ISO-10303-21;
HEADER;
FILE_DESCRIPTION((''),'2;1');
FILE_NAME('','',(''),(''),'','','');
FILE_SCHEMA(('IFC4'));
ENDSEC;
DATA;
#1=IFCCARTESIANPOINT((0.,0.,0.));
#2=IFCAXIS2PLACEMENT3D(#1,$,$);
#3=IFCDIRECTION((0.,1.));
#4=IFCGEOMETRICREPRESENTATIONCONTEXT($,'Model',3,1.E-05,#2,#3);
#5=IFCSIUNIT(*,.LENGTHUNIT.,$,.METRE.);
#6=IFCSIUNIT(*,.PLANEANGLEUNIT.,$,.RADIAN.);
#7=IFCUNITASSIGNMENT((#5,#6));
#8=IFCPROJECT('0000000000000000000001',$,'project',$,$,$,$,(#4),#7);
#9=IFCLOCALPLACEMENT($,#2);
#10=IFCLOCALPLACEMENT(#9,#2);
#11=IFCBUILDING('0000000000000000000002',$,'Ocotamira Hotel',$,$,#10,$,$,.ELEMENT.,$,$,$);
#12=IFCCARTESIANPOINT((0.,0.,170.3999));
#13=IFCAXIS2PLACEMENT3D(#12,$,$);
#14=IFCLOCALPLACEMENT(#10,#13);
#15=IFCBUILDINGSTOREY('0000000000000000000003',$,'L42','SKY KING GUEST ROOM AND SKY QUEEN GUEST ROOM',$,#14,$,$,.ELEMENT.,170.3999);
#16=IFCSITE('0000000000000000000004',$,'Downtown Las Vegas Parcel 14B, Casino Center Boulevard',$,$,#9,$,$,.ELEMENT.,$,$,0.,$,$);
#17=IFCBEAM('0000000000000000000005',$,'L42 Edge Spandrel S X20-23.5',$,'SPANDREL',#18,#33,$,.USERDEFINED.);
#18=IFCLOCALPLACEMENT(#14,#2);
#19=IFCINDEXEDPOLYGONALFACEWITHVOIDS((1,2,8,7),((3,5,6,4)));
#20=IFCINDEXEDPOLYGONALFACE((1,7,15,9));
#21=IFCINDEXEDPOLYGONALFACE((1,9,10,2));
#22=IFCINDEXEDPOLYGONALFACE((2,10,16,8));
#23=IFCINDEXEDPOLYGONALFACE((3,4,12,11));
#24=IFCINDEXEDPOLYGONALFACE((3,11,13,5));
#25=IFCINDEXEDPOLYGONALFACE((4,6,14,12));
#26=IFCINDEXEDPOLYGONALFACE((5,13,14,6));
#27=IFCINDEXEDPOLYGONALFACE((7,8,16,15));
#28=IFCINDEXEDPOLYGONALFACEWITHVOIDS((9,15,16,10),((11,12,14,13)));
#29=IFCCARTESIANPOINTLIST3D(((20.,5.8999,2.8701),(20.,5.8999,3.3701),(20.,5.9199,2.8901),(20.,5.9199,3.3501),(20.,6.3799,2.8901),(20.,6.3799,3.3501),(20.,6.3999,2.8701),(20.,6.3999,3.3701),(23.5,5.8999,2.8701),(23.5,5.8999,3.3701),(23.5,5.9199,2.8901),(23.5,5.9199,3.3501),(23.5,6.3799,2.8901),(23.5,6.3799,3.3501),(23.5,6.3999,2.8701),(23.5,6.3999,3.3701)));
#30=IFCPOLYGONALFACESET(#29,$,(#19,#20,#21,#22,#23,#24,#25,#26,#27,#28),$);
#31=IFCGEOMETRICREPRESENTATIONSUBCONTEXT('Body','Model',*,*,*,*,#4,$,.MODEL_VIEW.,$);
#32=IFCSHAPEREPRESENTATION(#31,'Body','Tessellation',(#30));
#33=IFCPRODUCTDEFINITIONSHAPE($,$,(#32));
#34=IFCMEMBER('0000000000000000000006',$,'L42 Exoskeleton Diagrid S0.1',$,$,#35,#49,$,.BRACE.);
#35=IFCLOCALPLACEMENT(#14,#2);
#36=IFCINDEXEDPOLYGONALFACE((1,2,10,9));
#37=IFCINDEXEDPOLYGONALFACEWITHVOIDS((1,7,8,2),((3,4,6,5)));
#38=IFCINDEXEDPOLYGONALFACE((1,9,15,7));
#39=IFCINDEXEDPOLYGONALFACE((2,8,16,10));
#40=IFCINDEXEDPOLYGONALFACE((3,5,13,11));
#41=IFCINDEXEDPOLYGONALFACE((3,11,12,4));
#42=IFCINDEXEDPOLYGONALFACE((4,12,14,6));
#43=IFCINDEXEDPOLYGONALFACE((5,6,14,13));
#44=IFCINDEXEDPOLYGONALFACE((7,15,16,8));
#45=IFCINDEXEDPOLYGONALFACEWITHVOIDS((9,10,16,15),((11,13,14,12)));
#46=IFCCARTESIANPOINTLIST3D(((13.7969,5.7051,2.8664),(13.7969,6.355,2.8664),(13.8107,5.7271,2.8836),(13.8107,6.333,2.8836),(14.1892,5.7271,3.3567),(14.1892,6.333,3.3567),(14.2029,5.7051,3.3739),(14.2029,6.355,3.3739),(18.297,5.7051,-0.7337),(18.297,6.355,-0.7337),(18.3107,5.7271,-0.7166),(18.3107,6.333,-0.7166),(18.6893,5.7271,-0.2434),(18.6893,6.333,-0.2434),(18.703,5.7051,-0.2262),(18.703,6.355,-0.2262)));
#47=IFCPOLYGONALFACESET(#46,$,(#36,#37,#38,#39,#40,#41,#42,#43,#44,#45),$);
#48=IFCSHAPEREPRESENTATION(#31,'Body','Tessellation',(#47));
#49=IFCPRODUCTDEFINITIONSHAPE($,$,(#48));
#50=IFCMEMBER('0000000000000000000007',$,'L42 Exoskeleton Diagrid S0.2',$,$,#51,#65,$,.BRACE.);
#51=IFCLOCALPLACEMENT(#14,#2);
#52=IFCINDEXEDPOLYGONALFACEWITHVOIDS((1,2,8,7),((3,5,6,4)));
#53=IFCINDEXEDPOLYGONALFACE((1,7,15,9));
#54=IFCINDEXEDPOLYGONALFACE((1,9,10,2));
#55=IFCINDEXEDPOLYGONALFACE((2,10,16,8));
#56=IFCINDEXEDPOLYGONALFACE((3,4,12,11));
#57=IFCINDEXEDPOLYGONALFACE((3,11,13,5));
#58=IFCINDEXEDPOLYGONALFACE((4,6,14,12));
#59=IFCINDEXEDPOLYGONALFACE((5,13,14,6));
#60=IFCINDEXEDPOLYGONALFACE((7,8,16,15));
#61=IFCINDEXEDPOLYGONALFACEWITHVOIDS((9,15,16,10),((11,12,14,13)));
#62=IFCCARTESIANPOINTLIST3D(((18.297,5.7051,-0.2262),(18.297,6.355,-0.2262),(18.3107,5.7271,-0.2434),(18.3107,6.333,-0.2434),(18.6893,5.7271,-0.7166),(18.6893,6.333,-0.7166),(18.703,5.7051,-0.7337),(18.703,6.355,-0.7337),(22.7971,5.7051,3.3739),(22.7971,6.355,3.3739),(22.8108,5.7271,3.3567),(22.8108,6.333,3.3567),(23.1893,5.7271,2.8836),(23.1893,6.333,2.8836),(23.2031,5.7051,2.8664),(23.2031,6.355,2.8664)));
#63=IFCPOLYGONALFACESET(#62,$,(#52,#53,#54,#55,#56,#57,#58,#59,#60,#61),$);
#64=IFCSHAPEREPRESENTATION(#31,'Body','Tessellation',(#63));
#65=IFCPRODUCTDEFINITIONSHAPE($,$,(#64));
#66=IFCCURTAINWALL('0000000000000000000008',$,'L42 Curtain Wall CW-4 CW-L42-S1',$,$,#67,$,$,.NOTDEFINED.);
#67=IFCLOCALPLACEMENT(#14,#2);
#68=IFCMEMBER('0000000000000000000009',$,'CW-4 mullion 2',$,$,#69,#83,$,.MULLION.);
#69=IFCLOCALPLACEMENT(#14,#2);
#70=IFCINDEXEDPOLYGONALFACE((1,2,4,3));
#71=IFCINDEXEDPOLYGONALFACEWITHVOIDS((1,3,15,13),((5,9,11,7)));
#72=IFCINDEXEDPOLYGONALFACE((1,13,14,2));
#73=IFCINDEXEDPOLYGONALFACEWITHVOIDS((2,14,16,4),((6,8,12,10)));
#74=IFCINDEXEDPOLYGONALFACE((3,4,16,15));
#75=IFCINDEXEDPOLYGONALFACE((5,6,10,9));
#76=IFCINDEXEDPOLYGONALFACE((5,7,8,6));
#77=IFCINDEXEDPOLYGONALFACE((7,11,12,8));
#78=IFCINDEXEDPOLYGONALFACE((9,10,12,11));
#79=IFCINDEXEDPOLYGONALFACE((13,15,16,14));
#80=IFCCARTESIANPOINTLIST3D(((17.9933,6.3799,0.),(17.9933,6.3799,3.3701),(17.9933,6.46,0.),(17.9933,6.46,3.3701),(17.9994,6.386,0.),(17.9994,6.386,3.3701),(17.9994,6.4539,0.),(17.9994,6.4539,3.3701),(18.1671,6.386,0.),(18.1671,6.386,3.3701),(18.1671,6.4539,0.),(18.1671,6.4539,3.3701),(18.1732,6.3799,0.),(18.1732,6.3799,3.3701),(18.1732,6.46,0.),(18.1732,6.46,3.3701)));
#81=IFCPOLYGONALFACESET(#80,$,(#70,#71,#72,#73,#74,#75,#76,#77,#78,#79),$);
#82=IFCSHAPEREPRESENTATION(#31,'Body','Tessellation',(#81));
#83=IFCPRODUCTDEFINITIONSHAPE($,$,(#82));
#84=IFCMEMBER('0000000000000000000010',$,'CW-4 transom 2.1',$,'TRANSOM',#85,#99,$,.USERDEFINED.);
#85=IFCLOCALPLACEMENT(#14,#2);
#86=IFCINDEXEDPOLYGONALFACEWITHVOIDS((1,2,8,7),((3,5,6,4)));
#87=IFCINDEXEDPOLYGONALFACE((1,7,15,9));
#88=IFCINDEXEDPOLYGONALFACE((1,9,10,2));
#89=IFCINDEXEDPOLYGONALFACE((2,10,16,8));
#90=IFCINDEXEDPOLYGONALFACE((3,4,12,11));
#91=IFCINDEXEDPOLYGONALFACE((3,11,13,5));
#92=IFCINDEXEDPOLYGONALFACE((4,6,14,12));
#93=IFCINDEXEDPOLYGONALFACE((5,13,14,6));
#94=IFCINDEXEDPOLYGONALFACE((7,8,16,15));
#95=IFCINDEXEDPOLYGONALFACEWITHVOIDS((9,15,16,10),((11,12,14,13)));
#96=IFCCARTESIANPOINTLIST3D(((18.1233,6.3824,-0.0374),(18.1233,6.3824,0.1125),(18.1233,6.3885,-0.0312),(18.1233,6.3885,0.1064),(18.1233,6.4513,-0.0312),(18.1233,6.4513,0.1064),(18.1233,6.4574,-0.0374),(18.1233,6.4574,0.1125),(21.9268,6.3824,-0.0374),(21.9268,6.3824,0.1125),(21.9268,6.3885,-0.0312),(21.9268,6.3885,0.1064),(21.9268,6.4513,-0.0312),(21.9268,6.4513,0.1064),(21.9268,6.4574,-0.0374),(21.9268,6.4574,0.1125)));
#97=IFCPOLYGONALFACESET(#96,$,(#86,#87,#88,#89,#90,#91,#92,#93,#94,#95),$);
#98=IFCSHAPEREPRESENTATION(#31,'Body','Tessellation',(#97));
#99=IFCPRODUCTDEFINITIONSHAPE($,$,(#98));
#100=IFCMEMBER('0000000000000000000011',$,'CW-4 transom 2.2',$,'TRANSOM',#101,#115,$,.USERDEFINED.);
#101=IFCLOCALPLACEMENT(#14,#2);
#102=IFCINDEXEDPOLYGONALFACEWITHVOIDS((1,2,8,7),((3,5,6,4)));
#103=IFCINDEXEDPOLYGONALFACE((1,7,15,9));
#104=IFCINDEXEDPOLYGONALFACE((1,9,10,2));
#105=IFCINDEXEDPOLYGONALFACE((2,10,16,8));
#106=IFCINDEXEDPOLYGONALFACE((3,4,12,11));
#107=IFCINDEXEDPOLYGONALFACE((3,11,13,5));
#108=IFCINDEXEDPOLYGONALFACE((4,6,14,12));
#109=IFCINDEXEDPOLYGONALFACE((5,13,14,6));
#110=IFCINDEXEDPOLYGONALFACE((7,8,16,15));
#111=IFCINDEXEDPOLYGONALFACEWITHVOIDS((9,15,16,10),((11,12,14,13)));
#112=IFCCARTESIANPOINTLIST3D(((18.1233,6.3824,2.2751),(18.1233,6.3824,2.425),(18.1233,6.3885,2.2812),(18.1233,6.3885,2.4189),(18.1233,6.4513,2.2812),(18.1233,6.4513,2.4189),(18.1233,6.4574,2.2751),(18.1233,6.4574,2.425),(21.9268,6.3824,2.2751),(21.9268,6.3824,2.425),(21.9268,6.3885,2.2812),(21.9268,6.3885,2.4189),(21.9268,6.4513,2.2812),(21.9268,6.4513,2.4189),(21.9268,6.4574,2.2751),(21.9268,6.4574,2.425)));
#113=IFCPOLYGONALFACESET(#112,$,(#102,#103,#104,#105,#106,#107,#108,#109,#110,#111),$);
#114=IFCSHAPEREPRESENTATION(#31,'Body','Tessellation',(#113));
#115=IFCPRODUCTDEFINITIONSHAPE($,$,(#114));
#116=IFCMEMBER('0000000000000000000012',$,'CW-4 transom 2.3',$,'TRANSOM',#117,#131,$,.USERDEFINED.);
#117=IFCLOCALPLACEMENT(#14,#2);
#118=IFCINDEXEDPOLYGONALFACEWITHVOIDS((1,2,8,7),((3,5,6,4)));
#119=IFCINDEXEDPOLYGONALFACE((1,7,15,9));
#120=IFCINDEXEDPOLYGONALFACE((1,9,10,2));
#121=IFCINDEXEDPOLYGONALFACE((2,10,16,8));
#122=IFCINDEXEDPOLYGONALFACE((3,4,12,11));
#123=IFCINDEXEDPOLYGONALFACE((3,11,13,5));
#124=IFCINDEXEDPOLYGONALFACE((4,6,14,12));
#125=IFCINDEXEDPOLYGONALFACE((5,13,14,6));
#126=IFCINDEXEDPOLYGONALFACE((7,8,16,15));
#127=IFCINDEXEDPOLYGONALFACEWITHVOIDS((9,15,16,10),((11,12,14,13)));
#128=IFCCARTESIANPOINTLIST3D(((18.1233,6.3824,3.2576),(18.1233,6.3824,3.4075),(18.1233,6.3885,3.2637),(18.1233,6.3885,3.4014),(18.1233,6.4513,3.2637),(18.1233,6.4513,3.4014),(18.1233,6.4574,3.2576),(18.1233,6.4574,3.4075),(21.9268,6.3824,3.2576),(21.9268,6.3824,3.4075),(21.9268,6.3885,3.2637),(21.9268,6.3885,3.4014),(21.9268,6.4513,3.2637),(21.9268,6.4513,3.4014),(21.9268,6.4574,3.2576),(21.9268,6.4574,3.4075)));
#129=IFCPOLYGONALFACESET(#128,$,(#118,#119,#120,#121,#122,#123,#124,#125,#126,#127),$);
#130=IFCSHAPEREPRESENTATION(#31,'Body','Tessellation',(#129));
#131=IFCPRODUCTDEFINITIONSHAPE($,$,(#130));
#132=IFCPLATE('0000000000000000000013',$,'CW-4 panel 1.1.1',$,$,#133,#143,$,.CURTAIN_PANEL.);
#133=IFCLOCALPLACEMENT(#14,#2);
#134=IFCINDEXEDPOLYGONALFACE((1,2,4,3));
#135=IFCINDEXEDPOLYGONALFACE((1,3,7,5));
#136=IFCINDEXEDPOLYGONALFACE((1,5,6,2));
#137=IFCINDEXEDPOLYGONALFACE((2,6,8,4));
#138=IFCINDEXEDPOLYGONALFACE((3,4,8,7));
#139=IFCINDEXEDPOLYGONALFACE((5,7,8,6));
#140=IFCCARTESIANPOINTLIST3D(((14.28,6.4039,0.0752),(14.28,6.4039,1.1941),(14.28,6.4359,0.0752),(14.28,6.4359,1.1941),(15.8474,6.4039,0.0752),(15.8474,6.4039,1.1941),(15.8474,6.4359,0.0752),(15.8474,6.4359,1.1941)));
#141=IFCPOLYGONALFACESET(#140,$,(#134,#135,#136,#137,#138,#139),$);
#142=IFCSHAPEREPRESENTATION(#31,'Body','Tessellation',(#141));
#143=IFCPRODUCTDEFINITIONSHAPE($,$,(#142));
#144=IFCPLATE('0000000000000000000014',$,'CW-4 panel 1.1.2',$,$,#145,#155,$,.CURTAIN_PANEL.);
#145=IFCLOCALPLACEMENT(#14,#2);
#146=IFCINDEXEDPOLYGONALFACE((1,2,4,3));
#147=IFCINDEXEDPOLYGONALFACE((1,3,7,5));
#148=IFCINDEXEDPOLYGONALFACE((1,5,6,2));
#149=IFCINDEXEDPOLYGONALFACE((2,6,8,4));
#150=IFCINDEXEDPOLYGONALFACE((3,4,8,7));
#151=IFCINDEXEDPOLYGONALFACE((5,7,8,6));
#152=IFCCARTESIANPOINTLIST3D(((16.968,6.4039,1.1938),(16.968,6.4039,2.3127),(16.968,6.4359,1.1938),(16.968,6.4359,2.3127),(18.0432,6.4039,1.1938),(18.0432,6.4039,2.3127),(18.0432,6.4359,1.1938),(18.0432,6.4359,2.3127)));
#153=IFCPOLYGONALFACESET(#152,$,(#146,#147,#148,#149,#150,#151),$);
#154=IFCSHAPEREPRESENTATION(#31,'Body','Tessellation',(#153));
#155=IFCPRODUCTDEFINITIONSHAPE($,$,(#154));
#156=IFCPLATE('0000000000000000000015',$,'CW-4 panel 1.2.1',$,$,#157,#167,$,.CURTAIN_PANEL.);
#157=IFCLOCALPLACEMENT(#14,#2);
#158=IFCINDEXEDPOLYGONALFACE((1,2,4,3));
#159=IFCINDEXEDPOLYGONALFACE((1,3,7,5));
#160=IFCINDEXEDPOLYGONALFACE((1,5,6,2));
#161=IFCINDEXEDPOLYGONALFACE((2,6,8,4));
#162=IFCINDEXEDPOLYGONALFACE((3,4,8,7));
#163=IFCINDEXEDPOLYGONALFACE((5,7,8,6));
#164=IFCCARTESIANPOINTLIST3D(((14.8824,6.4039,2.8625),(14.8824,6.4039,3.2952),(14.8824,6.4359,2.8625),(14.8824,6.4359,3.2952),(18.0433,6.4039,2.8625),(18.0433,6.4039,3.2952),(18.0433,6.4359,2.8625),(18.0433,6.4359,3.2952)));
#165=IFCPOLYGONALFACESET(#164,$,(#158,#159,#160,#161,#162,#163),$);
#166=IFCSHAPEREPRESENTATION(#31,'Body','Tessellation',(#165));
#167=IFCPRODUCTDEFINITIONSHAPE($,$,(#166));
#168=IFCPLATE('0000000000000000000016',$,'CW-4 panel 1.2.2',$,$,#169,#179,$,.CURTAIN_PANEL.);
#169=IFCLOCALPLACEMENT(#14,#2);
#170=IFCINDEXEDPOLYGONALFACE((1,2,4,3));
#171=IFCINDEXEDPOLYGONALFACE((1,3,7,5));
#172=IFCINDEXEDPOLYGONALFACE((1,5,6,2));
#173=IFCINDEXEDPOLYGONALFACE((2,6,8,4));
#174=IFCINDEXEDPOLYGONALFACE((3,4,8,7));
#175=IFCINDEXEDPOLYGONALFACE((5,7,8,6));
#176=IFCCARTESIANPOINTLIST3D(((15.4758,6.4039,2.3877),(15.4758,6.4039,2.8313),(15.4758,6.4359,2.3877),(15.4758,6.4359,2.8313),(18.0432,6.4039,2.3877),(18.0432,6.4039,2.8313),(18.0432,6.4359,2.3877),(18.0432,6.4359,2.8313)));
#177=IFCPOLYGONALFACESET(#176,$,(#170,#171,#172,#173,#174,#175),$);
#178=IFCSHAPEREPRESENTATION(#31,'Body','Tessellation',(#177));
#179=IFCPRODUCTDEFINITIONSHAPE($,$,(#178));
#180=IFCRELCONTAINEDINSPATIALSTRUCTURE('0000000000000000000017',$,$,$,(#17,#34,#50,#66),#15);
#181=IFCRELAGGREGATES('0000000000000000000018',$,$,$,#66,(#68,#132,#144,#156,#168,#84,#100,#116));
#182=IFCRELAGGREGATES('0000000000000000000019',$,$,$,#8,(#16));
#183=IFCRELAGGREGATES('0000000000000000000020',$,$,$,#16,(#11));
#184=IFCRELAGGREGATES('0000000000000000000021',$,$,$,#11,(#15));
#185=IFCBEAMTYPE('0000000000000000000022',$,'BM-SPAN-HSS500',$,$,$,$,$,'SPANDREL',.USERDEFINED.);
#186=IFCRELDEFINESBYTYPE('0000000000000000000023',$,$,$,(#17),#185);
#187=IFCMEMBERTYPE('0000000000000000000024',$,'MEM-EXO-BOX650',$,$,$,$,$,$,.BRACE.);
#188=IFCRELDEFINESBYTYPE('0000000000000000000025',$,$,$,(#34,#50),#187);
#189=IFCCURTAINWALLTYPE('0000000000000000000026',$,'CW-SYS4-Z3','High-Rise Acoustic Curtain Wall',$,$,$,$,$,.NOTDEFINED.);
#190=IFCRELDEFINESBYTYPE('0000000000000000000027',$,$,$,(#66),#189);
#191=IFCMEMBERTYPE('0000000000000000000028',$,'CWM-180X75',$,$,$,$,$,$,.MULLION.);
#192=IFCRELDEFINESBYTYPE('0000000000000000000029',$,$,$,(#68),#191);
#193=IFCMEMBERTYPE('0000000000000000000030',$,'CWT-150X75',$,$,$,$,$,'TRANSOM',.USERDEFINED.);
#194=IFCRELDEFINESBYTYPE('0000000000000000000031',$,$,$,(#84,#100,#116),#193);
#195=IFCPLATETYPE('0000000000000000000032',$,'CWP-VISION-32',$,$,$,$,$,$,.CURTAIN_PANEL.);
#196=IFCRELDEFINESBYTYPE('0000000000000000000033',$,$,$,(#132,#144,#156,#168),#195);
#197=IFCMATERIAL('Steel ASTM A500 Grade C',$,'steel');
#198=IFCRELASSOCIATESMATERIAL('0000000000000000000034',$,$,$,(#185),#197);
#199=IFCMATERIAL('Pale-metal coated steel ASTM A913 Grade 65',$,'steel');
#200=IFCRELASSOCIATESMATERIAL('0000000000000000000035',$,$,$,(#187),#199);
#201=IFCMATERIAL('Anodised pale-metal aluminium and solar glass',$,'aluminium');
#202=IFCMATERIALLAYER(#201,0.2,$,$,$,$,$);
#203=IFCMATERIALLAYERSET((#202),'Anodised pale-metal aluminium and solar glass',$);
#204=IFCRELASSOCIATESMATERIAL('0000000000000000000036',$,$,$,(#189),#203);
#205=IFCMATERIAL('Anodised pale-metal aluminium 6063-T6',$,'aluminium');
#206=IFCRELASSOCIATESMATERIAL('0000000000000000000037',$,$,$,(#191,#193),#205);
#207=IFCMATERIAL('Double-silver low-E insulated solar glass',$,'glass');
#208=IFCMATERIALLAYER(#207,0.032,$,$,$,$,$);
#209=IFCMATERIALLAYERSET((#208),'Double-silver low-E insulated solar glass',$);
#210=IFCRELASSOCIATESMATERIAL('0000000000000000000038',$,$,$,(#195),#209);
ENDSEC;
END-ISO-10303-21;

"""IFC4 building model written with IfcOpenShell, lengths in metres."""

from ifc_helpers import new_model, si_unit, direction, frame, origin, origin_2d, place, context, subcontext, project, spatial, rectangle, hollow_rectangle, extrude, source, transform, mapped, material, layer, layer_set, material_profile, profile_set, type_object, element, aggregate, save


model = new_model("IFC4")

# Units and contexts
model_context = context("Model", 3, precision=1e-05, world=origin(), true_north=direction((0.0, 1.0)))
body_context = subcontext(model_context, "Body", "Model", "MODEL_VIEW")
ifc_project = project(units=[si_unit("LENGTHUNIT", "METRE"), si_unit("PLANEANGLEUNIT", "RADIAN")], contexts=[model_context])

# Site, building, storey
site_placement = place(None, origin())
site = spatial("IfcSite", under=ifc_project, at=site_placement, Name="Downtown Las Vegas Parcel 14B, Casino Center Boulevard", CompositionType="ELEMENT", RefElevation=0.0)
building_placement = place(site_placement, origin())
building = spatial("IfcBuilding", under=site, at=building_placement, Name="Ocotamira Hotel", CompositionType="ELEMENT")
storey_placement = place(building_placement, frame((0.0, 0.0, 170.3999)))
storey = spatial("IfcBuildingStorey", under=building, at=storey_placement, Name="L42", Description="SKY KING GUEST ROOM AND SKY QUEEN GUEST ROOM", CompositionType="ELEMENT", Elevation=170.3999)

# Beam
ifc_material_1 = material(Name="Steel ASTM A500 Grade C", Category="steel")
ifc_material_profile_1 = material_profile(ifc_material_1, hollow_rectangle(XDim=0.5, YDim=0.5, WallThickness=0.02, at=origin_2d()), Name="HSS500X500X20")
ifc_profile_set_1 = profile_set([ifc_material_profile_1], Name="Steel ASTM A500 Grade C")
beam_type = type_object("IfcBeamType", Name="BM-SPAN-HSS500", ElementType="SPANDREL", PredefinedType="USERDEFINED", material=ifc_profile_set_1)
shared_shape_1 = source(origin(), body_context, "Body", "SweptSolid", [
    extrude(hollow_rectangle(XDim=0.5, YDim=0.5, WallThickness=0.02, at=origin_2d()), origin(), (0.0, 0.0, 1.0), 3.5),
])
beam_placement = place(storey_placement, frame((20.0, 6.1499, 3.1201), z_axis=(1.0, 0.0, 0.0), x_axis=(0.0, 1.0, 0.0)))
element("IfcBeam", 1, at=beam_placement, inside=storey, type_object=beam_type, Name="L42 Edge Spandrel S X20-23.5", ObjectType="SPANDREL", PredefinedType="USERDEFINED", context=body_context, shape_type="MappedRepresentation", body=[
    mapped(shared_shape_1, transform((0.0, 0.0, 0.0), scale=1.0)),
])

# Members
ifc_material_2 = material(Name="Pale-metal coated steel ASTM A913 Grade 65", Category="steel")
ifc_material_profile_2 = material_profile(ifc_material_2, hollow_rectangle(XDim=0.6499, YDim=0.6499, WallThickness=0.022, at=origin_2d()), Name="BOX650X650X22")
ifc_profile_set_2 = profile_set([ifc_material_profile_2], Name="Pale-metal coated steel ASTM A913 Grade 65")
member_type_1 = type_object("IfcMemberType", Name="MEM-EXO-BOX650", PredefinedType="BRACE", material=ifc_profile_set_2)
shared_shape_2 = source(origin(), body_context, "Body", "SweptSolid", [
    extrude(hollow_rectangle(XDim=0.6499, YDim=0.6499, WallThickness=0.022, at=origin_2d()), origin(), (0.0, 0.0, 1.0), 5.7629),
])
for number, where, z_axis, x_axis, name in (
    (2, (18.5, 6.03, -0.48), (-0.780861, 0.0, 0.624705), (0.0, -1.0, 0.0), "L42 Exoskeleton Diagrid S0.1"),
    (3, (18.5, 6.03, -0.48), (0.780861, 0.0, 0.624705), (0.0, 1.0, 0.0), "L42 Exoskeleton Diagrid S0.2"),
):
    element("IfcMember", number, at=place(storey_placement, frame(where, z_axis=z_axis, x_axis=x_axis)), inside=storey, type_object=member_type_1, Name=name, PredefinedType="BRACE", context=body_context, shape_type="MappedRepresentation", body=[
        mapped(shared_shape_2, transform((0.0, 0.0, 0.0), scale=1.0)),
    ])

# Curtain wall, members, plates
ifc_material_3 = material(Name="Anodised pale-metal aluminium and solar glass", Category="aluminium")
ifc_layer_1 = layer(ifc_material_3, 0.2)
ifc_layer_set_1 = layer_set([ifc_layer_1], Name="Anodised pale-metal aluminium and solar glass")
curtain_wall_type = type_object("IfcCurtainWallType", Name="CW-SYS4-Z3", Description="High-Rise Acoustic Curtain Wall", PredefinedType="NOTDEFINED", material=ifc_layer_set_1)
curtain_wall_placement = place(storey_placement, origin())
curtain_wall = element("IfcCurtainWall", 4, at=curtain_wall_placement, inside=storey, type_object=curtain_wall_type, Name="L42 Curtain Wall CW-4 CW-L42-S1", PredefinedType="NOTDEFINED")
ifc_material_4 = material(Name="Anodised pale-metal aluminium 6063-T6", Category="aluminium")
ifc_material_profile_3 = material_profile(ifc_material_4, hollow_rectangle(XDim=0.0801, YDim=0.1799, WallThickness=0.0061, at=origin_2d()), Name="HSS180X80X6")
ifc_profile_set_3 = profile_set([ifc_material_profile_3], Name="Anodised pale-metal aluminium 6063-T6")
member_type_2 = type_object("IfcMemberType", Name="CWM-180X75", PredefinedType="MULLION", material=ifc_profile_set_3)
shared_shape_3 = source(origin(), body_context, "Body", "SweptSolid", [
    extrude(hollow_rectangle(XDim=0.0801, YDim=0.1799, WallThickness=0.0061, at=origin_2d()), origin(), (0.0, 0.0, 1.0), 3.3701),
])
member_1_placement = place(storey_placement, frame((18.0833, 6.4199, 0.0), z_axis=(0.0, 0.0, 1.0), x_axis=(0.0, 1.0, 0.0)))
member_1 = element("IfcMember", 5, at=member_1_placement, type_object=member_type_2, Name="CW-4 mullion 2", PredefinedType="MULLION", context=body_context, shape_type="MappedRepresentation", body=[
    mapped(shared_shape_3, transform((0.0, 0.0, 0.0), scale=1.0)),
])
ifc_material_profile_4 = material_profile(ifc_material_4, hollow_rectangle(XDim=0.075, YDim=0.1499, WallThickness=0.0061, at=origin_2d()), Name="HSS150X75X6")
ifc_profile_set_4 = profile_set([ifc_material_profile_4], Name="Anodised pale-metal aluminium 6063-T6")
member_type_3 = type_object("IfcMemberType", Name="CWT-150X75", ElementType="TRANSOM", PredefinedType="USERDEFINED", material=ifc_profile_set_4)
shared_shape_4 = source(origin(), body_context, "Body", "SweptSolid", [
    extrude(hollow_rectangle(XDim=0.075, YDim=0.1499, WallThickness=0.0061, at=origin_2d()), origin(), (0.0, 0.0, 1.0), 3.8035),
])
member_2_placement = place(storey_placement, frame((18.1233, 6.4199, 0.0376), z_axis=(1.0, 0.0, 0.0), x_axis=(0.0, 1.0, 0.0)))
member_2 = element("IfcMember", 6, at=member_2_placement, type_object=member_type_3, Name="CW-4 transom 2.1", ObjectType="TRANSOM", PredefinedType="USERDEFINED", context=body_context, shape_type="MappedRepresentation", body=[
    mapped(shared_shape_4, transform((0.0, 0.0, 0.0), scale=1.0)),
])
member_3_placement = place(storey_placement, frame((18.1233, 6.4199, 2.3501), z_axis=(1.0, 0.0, 0.0), x_axis=(0.0, 1.0, 0.0)))
member_3 = element("IfcMember", 7, at=member_3_placement, type_object=member_type_3, Name="CW-4 transom 2.2", ObjectType="TRANSOM", PredefinedType="USERDEFINED", context=body_context, shape_type="MappedRepresentation", body=[
    mapped(shared_shape_4, transform((0.0, 0.0, 0.0), scale=1.0)),
])
member_4_placement = place(storey_placement, frame((18.1233, 6.4199, 3.3325), z_axis=(1.0, 0.0, 0.0), x_axis=(0.0, 1.0, 0.0)))
member_4 = element("IfcMember", 8, at=member_4_placement, type_object=member_type_3, Name="CW-4 transom 2.3", ObjectType="TRANSOM", PredefinedType="USERDEFINED", context=body_context, shape_type="MappedRepresentation", body=[
    mapped(shared_shape_4, transform((0.0, 0.0, 0.0), scale=1.0)),
])
ifc_material_5 = material(Name="Double-silver low-E insulated solar glass", Category="glass")
ifc_layer_2 = layer(ifc_material_5, 0.032)
ifc_layer_set_2 = layer_set([ifc_layer_2], Name="Double-silver low-E insulated solar glass")
plate_type = type_object("IfcPlateType", Name="CWP-VISION-32", PredefinedType="CURTAIN_PANEL", material=ifc_layer_set_2)
shared_shape_5 = source(origin(), body_context, "Body", "SweptSolid", [
    extrude(rectangle(XDim=1.5674, YDim=0.032, at=origin_2d()), origin(), (0.0, 0.0, 1.0), 1.1189),
])
plate_1_placement = place(storey_placement, frame((15.0637, 6.4199, 0.0752), z_axis=(0.0, 0.0, 1.0), x_axis=(1.0, 0.0, 0.0)))
plate_1 = element("IfcPlate", 9, at=plate_1_placement, type_object=plate_type, Name="CW-4 panel 1.1.1", PredefinedType="CURTAIN_PANEL", context=body_context, shape_type="MappedRepresentation", body=[
    mapped(shared_shape_5, transform((0.0, 0.0, 0.0), scale=1.0)),
])
shared_shape_6 = source(origin(), body_context, "Body", "SweptSolid", [
    extrude(rectangle(XDim=1.0752, YDim=0.032, at=origin_2d()), origin(), (0.0, 0.0, 1.0), 1.1189),
])
plate_2_placement = place(storey_placement, frame((17.5056, 6.4199, 1.1938), z_axis=(0.0, 0.0, 1.0), x_axis=(1.0, 0.0, 0.0)))
plate_2 = element("IfcPlate", 10, at=plate_2_placement, type_object=plate_type, Name="CW-4 panel 1.1.2", PredefinedType="CURTAIN_PANEL", context=body_context, shape_type="MappedRepresentation", body=[
    mapped(shared_shape_6, transform((0.0, 0.0, 0.0), scale=1.0)),
])
shared_shape_7 = source(origin(), body_context, "Body", "SweptSolid", [
    extrude(rectangle(XDim=3.1609, YDim=0.032, at=origin_2d()), origin(), (0.0, 0.0, 1.0), 0.4326),
])
plate_3_placement = place(storey_placement, frame((16.4629, 6.4199, 2.8625), z_axis=(0.0, 0.0, 1.0), x_axis=(1.0, 0.0, 0.0)))
plate_3 = element("IfcPlate", 11, at=plate_3_placement, type_object=plate_type, Name="CW-4 panel 1.2.1", PredefinedType="CURTAIN_PANEL", context=body_context, shape_type="MappedRepresentation", body=[
    mapped(shared_shape_7, transform((0.0, 0.0, 0.0), scale=1.0)),
])
shared_shape_8 = source(origin(), body_context, "Body", "SweptSolid", [
    extrude(rectangle(XDim=2.5674, YDim=0.032, at=origin_2d()), origin(), (0.0, 0.0, 1.0), 0.4436),
])
plate_4_placement = place(storey_placement, frame((16.7595, 6.4199, 2.3877), z_axis=(0.0, 0.0, 1.0), x_axis=(1.0, 0.0, 0.0)))
plate_4 = element("IfcPlate", 12, at=plate_4_placement, type_object=plate_type, Name="CW-4 panel 1.2.2", PredefinedType="CURTAIN_PANEL", context=body_context, shape_type="MappedRepresentation", body=[
    mapped(shared_shape_8, transform((0.0, 0.0, 0.0), scale=1.0)),
])
aggregate(curtain_wall, [member_1, plate_1, plate_2, plate_3, plate_4, member_2, member_3, member_4])

save(model, "model.ifc")
